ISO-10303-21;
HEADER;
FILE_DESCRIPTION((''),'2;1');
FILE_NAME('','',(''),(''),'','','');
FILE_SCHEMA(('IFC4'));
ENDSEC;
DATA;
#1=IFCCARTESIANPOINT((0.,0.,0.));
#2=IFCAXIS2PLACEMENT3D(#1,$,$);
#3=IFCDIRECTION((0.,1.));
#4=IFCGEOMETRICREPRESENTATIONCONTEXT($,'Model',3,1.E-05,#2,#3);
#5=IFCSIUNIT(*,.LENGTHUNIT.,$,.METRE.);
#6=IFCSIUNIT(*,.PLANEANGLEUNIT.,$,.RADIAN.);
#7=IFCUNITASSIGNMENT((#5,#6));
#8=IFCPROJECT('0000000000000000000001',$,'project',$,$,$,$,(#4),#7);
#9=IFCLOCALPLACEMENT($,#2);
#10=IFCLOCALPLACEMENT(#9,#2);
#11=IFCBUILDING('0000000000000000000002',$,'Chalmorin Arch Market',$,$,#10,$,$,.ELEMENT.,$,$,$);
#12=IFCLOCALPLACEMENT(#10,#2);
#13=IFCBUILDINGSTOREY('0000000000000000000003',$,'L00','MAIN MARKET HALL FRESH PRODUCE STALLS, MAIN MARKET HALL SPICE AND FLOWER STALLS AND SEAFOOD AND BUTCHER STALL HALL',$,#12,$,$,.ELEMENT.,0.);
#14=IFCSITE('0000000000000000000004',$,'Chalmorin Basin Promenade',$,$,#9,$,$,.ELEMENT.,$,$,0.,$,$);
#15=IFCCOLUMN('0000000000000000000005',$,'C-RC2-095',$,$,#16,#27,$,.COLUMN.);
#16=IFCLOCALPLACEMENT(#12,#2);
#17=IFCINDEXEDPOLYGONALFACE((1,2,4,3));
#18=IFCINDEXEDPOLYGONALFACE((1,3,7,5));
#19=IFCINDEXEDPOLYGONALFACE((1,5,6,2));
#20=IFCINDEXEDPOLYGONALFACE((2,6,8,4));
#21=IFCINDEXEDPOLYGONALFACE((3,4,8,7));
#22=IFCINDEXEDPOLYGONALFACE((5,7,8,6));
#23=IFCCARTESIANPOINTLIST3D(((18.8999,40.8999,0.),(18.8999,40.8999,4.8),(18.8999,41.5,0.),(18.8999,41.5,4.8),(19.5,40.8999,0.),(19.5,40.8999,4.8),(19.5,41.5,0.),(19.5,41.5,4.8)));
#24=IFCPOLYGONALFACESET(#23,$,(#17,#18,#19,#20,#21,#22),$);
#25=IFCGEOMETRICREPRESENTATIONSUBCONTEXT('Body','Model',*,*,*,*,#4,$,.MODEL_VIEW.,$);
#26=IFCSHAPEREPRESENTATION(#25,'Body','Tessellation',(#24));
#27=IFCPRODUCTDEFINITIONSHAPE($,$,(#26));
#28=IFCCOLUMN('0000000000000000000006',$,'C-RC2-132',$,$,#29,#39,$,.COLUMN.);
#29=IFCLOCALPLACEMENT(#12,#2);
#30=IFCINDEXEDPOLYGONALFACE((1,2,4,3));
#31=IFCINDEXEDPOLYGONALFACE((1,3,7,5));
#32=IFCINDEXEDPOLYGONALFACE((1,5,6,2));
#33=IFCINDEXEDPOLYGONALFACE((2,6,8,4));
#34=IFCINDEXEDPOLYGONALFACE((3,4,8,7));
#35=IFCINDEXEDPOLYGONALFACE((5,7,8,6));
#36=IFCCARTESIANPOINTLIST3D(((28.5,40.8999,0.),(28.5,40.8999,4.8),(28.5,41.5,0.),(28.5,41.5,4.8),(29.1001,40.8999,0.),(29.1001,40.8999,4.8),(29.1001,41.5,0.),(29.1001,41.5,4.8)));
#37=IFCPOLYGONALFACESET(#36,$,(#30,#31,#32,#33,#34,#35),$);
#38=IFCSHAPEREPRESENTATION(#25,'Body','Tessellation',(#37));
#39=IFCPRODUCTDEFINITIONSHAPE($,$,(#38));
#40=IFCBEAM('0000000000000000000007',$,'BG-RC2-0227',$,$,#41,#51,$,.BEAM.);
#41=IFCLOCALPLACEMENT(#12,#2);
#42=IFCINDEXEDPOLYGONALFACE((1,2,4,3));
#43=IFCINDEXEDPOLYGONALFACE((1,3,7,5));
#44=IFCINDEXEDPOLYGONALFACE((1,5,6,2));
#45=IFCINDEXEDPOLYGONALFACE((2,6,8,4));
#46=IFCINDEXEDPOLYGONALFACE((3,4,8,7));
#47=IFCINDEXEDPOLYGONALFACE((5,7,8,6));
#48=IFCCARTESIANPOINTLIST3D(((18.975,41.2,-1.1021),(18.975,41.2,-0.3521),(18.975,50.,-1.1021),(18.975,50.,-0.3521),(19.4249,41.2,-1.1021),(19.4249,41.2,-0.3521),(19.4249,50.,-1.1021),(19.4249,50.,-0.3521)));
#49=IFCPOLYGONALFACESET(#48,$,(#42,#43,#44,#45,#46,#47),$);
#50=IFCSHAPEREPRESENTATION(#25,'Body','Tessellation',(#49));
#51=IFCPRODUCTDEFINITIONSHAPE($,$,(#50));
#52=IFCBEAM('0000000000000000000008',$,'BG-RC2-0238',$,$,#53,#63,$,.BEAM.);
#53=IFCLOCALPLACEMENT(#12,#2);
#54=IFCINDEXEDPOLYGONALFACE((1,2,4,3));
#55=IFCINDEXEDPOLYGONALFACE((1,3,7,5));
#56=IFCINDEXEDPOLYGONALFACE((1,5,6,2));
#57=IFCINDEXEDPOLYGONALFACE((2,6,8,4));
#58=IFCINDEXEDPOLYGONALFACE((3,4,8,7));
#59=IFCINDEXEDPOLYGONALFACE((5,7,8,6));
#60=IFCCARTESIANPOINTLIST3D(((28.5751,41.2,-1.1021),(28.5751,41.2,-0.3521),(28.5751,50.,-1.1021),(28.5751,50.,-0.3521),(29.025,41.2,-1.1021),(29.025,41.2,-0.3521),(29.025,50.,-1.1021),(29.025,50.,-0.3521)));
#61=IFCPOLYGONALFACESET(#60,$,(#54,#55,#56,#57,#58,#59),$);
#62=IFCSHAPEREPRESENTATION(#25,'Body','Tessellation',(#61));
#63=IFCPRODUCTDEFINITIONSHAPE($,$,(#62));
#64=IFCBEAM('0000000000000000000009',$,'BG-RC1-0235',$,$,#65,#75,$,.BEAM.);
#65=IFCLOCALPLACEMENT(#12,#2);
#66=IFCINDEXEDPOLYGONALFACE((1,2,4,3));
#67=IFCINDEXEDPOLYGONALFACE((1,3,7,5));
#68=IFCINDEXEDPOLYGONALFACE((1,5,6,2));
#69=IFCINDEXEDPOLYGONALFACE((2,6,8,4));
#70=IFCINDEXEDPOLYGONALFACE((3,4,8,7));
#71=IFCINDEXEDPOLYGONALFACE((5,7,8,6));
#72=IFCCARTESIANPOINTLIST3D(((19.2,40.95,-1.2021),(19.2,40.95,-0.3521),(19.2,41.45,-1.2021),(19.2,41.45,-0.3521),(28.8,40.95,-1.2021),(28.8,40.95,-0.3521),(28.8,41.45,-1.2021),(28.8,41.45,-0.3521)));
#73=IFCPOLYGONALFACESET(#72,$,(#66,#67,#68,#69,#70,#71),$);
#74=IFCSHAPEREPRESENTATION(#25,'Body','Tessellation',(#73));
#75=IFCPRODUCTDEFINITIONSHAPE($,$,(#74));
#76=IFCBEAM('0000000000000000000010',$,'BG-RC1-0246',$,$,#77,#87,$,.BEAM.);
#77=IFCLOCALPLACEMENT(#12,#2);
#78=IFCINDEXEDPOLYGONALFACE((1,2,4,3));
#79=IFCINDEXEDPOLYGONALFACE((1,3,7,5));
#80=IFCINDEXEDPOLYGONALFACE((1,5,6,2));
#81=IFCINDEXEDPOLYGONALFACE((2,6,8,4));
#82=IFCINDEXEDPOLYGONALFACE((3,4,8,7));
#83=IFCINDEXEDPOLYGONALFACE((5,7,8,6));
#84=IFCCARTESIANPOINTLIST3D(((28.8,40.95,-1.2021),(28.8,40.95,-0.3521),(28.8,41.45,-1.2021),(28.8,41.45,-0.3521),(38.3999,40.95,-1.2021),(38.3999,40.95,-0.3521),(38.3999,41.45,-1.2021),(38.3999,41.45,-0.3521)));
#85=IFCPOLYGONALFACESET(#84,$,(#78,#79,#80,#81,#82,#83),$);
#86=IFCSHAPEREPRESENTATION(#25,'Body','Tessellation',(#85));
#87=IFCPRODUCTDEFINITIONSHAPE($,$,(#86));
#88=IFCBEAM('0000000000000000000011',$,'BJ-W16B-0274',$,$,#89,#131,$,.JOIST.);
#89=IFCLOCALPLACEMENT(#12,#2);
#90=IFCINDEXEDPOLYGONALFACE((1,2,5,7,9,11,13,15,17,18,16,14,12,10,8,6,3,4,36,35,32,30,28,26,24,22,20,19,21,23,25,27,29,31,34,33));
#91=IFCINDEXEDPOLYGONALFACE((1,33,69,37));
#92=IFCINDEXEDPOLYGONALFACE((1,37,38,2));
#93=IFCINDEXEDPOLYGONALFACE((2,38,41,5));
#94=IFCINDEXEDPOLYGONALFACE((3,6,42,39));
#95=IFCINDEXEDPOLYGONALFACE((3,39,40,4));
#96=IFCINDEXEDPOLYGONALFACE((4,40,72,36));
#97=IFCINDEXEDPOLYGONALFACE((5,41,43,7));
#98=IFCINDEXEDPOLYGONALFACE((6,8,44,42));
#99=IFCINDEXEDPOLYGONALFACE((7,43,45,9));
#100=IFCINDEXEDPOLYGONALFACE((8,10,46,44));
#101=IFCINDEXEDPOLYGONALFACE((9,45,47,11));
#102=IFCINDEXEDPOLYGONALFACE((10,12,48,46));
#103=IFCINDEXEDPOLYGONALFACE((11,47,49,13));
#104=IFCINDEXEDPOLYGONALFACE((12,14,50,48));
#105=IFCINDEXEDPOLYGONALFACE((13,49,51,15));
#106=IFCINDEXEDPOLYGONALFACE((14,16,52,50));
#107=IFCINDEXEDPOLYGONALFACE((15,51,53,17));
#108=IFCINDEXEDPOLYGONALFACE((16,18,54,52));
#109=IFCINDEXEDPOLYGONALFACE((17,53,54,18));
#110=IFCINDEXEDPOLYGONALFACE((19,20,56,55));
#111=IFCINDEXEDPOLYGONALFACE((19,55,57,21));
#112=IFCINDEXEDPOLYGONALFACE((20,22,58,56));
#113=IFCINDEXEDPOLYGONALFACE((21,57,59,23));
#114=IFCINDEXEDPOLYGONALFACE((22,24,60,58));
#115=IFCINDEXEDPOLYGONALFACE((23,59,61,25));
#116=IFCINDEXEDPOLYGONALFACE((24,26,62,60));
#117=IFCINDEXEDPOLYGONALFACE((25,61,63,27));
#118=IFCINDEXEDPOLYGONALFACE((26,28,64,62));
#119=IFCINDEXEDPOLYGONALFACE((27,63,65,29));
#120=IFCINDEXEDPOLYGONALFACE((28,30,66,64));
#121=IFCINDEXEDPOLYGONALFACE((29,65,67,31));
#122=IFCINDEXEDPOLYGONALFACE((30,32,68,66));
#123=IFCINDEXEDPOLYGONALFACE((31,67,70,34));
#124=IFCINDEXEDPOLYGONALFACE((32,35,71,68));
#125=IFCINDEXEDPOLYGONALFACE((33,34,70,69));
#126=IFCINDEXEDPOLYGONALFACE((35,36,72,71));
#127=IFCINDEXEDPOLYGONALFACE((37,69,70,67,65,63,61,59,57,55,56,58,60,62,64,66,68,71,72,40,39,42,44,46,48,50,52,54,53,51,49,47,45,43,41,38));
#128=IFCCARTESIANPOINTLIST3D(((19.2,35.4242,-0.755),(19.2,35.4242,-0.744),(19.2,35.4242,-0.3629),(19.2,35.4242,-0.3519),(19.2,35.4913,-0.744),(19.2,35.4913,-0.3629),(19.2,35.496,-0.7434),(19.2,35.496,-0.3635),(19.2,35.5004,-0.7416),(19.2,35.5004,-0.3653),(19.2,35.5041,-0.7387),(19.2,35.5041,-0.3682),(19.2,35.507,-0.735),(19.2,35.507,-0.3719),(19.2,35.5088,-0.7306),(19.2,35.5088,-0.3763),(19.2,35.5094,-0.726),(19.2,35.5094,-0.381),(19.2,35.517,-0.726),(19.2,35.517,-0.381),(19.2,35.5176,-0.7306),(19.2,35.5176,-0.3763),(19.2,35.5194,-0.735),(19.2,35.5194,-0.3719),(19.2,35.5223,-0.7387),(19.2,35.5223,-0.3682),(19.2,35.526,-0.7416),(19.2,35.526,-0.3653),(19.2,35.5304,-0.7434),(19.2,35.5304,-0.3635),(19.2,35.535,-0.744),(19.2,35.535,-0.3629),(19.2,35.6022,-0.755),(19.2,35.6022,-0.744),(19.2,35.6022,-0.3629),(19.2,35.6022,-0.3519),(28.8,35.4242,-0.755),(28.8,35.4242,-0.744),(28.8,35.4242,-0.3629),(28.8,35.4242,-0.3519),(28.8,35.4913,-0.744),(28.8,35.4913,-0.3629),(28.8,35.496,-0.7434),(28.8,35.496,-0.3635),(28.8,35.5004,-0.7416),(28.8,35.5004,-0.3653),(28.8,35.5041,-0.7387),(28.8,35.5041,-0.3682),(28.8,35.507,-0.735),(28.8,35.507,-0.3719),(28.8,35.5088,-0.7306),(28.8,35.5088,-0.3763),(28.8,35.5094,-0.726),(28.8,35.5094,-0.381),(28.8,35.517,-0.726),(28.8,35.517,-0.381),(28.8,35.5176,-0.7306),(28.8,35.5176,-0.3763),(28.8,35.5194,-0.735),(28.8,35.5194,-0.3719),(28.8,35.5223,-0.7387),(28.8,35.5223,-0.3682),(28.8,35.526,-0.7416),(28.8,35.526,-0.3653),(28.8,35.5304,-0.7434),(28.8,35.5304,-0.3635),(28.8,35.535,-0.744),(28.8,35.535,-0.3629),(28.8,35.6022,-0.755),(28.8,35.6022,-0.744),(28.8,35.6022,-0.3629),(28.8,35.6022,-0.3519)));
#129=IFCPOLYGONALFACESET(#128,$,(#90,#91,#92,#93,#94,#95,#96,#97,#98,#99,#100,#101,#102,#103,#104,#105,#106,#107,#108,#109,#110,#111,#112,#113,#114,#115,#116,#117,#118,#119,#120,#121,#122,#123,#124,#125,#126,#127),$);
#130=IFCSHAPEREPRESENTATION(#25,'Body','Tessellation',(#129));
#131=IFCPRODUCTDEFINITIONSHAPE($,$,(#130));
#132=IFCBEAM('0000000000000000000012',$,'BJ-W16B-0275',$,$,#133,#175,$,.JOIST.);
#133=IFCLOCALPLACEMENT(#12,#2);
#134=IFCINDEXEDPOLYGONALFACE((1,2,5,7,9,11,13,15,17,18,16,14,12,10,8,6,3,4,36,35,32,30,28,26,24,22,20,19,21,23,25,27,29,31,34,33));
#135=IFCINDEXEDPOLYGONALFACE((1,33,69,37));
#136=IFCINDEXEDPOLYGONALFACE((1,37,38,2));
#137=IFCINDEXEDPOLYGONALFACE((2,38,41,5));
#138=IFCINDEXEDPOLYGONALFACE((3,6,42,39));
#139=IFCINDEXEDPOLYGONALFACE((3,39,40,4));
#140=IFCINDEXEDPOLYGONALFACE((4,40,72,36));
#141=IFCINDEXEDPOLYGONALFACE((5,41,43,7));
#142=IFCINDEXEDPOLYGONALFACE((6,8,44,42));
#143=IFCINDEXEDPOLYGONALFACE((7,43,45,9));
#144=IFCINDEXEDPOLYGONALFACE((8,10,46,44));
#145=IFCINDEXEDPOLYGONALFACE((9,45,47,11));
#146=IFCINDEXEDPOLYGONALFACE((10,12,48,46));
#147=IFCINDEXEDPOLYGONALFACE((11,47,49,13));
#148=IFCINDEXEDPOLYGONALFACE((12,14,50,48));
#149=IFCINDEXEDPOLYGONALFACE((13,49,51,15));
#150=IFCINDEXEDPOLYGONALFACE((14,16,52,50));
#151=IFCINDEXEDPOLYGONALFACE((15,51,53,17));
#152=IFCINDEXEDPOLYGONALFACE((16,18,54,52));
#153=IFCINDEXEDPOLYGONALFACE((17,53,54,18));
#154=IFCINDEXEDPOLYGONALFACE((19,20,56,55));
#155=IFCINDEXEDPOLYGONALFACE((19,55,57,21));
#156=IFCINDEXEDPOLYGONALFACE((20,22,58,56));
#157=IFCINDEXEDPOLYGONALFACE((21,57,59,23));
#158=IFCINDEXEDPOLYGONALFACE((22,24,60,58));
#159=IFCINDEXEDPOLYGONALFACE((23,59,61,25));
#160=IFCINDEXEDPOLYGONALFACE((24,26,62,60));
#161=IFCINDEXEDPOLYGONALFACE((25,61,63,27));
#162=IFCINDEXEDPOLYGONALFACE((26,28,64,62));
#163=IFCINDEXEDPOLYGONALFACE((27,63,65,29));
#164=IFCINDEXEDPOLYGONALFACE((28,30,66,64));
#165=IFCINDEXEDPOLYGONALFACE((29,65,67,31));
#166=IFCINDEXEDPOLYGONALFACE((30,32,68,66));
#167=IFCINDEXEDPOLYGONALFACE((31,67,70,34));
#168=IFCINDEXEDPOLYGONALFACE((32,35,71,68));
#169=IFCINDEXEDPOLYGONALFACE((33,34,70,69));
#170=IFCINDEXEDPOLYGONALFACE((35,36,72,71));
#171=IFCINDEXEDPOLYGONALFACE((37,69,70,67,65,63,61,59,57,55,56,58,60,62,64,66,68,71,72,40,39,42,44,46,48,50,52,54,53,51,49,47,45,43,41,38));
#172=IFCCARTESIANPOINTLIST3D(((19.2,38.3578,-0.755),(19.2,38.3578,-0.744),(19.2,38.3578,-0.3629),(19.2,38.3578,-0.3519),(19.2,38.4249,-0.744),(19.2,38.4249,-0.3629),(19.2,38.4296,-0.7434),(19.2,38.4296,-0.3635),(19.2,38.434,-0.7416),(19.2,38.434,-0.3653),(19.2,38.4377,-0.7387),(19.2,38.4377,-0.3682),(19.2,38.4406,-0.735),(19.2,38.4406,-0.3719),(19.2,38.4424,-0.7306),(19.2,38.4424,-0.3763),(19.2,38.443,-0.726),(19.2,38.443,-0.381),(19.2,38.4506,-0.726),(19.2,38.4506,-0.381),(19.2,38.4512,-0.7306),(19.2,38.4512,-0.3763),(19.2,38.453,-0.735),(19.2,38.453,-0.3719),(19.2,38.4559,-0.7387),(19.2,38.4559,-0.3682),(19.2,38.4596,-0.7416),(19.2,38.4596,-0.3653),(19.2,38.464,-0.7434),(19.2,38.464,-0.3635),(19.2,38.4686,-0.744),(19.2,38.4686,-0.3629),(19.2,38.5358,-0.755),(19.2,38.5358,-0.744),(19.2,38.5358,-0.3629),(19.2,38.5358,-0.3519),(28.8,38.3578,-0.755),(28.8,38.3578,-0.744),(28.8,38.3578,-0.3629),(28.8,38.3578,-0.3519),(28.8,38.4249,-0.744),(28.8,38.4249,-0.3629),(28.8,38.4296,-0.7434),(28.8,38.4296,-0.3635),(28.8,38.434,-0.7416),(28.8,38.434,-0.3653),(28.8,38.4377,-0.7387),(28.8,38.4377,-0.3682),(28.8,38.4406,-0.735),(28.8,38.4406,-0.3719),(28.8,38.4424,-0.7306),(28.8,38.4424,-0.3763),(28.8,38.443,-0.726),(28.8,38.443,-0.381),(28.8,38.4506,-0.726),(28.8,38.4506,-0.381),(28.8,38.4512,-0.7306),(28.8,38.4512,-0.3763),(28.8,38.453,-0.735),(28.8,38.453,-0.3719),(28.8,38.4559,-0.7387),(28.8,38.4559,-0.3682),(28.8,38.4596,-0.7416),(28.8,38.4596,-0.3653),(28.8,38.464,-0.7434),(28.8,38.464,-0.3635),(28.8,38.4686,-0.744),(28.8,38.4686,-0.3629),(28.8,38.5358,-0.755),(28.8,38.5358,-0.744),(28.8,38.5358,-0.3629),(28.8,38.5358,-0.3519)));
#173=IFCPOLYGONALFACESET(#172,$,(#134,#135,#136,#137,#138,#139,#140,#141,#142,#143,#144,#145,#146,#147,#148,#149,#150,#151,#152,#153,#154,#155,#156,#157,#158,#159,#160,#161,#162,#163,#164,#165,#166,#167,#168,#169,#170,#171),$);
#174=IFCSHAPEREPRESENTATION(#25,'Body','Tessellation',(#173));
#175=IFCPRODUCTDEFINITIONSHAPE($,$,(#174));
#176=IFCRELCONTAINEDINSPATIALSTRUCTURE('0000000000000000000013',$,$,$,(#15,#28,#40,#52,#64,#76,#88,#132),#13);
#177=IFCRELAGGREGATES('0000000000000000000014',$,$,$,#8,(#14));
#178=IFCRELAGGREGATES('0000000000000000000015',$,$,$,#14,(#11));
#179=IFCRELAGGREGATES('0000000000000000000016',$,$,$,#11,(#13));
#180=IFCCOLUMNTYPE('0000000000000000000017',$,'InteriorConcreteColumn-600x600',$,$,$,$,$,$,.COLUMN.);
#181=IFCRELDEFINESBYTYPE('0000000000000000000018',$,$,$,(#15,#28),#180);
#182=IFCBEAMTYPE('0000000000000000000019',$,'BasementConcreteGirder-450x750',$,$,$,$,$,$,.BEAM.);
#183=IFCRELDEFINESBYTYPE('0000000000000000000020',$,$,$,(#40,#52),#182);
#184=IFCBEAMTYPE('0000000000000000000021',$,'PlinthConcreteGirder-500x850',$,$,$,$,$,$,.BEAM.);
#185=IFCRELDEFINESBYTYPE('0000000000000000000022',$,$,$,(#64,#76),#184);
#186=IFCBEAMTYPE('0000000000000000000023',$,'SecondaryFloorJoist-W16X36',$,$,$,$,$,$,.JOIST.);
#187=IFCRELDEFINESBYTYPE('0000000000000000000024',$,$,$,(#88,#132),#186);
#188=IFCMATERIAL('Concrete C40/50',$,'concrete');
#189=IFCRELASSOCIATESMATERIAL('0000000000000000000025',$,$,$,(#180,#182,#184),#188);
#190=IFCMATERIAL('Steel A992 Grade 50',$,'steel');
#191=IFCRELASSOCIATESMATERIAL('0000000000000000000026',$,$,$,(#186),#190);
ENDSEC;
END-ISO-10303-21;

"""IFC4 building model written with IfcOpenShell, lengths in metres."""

from ifc_helpers import new_model, si_unit, direction, frame, origin, origin_2d, place, context, subcontext, project, spatial, rectangle, i_section, extrude, material, material_profile, profile_set, type_object, element, save


model = new_model("IFC4")

# Units and contexts
model_context = context("Model", 3, precision=1e-05, world=origin(), true_north=direction((0.0, 1.0)))
body_context = subcontext(model_context, "Body", "Model", "MODEL_VIEW")
ifc_project = project(units=[si_unit("LENGTHUNIT", "METRE"), si_unit("PLANEANGLEUNIT", "RADIAN")], contexts=[model_context])

# Site, building, storey
site_placement = place(None, origin())
site = spatial("IfcSite", under=ifc_project, at=site_placement, Name="Chalmorin Basin Promenade", CompositionType="ELEMENT", RefElevation=0.0)
building_placement = place(site_placement, origin())
building = spatial("IfcBuilding", under=site, at=building_placement, Name="Chalmorin Arch Market", CompositionType="ELEMENT")
storey_placement = place(building_placement, origin())
storey = spatial("IfcBuildingStorey", under=building, at=storey_placement, Name="L00", Description="MAIN MARKET HALL FRESH PRODUCE STALLS, MAIN MARKET HALL SPICE AND FLOWER STALLS AND SEAFOOD AND BUTCHER STALL HALL", CompositionType="ELEMENT", Elevation=0.0)

# Columns
ifc_material_1 = material(Name="Concrete C40/50", Category="concrete")
ifc_material_profile_1 = material_profile(ifc_material_1, rectangle(XDim=0.6001, YDim=0.6001, at=origin_2d()), Name="RC600X600")
ifc_profile_set_1 = profile_set([ifc_material_profile_1], Name="Concrete C40/50")
column_type = type_object("IfcColumnType", Name="InteriorConcreteColumn-600x600", PredefinedType="COLUMN", material=ifc_profile_set_1)
for number, where, z_axis, x_axis, name in (
    (1, (19.2, 41.2, 0.0), (0.0, 0.0, 1.0), (1.0, 0.0, 0.0), "C-RC2-095"),
    (2, (28.8, 41.2, 0.0), (0.0, 0.0, 1.0), (1.0, 0.0, 0.0), "C-RC2-132"),
):
    element("IfcColumn", number, at=place(storey_placement, frame(where, z_axis=z_axis, x_axis=x_axis)), inside=storey, type_object=column_type, Name=name, PredefinedType="COLUMN", context=body_context, shape_type="SweptSolid", body=[
        extrude(rectangle(XDim=0.6001, YDim=0.6001, at=origin_2d()), origin(), (0.0, 0.0, 1.0), 4.8),
    ])

# Beams
ifc_material_profile_2 = material_profile(ifc_material_1, rectangle(XDim=0.45, YDim=0.75, at=origin_2d()), Name="RC450X750")
ifc_profile_set_2 = profile_set([ifc_material_profile_2], Name="Concrete C40/50")
beam_type_1 = type_object("IfcBeamType", Name="BasementConcreteGirder-450x750", PredefinedType="BEAM", material=ifc_profile_set_2)
for number, where, z_axis, x_axis, name in (
    (3, (19.2, 41.2, -0.7271), (0.0, 1.0, 0.0), (-1.0, 0.0, 0.0), "BG-RC2-0227"),
    (4, (28.8, 41.2, -0.7271), (0.0, 1.0, 0.0), (-1.0, 0.0, 0.0), "BG-RC2-0238"),
):
    element("IfcBeam", number, at=place(storey_placement, frame(where, z_axis=z_axis, x_axis=x_axis)), inside=storey, type_object=beam_type_1, Name=name, PredefinedType="BEAM", context=body_context, shape_type="SweptSolid", body=[
        extrude(rectangle(XDim=0.45, YDim=0.75, at=origin_2d()), origin(), (0.0, 0.0, 1.0), 8.8),
    ])
ifc_material_profile_3 = material_profile(ifc_material_1, rectangle(XDim=0.5, YDim=0.8501, at=origin_2d()), Name="RC500X850")
ifc_profile_set_3 = profile_set([ifc_material_profile_3], Name="Concrete C40/50")
beam_type_2 = type_object("IfcBeamType", Name="PlinthConcreteGirder-500x850", PredefinedType="BEAM", material=ifc_profile_set_3)
beam_1_placement = place(storey_placement, frame((19.2, 41.2, -0.7771), z_axis=(1.0, 0.0, 0.0), x_axis=(0.0, 1.0, 0.0)))
element("IfcBeam", 5, at=beam_1_placement, inside=storey, type_object=beam_type_2, Name="BG-RC1-0235", PredefinedType="BEAM", context=body_context, shape_type="SweptSolid", body=[
    extrude(rectangle(XDim=0.5, YDim=0.8501, at=origin_2d()), origin(), (0.0, 0.0, 1.0), 9.6001),
])
beam_2_placement = place(storey_placement, frame((28.8, 41.2, -0.7771), z_axis=(1.0, 0.0, 0.0), x_axis=(0.0, 1.0, 0.0)))
element("IfcBeam", 6, at=beam_2_placement, inside=storey, type_object=beam_type_2, Name="BG-RC1-0246", PredefinedType="BEAM", context=body_context, shape_type="SweptSolid", body=[
    extrude(rectangle(XDim=0.5, YDim=0.8501, at=origin_2d()), origin(), (0.0, 0.0, 1.0), 9.5999),
])
ifc_material_2 = material(Name="Steel A992 Grade 50", Category="steel")
ifc_material_profile_4 = material_profile(ifc_material_2, i_section(OverallWidth=0.178, OverallDepth=0.4031, WebThickness=0.0076, FlangeThickness=0.011, FilletRadius=0.0181, at=origin_2d()), Name="W16X36")
ifc_profile_set_4 = profile_set([ifc_material_profile_4], Name="Steel A992 Grade 50")
beam_type_3 = type_object("IfcBeamType", Name="SecondaryFloorJoist-W16X36", PredefinedType="JOIST", material=ifc_profile_set_4)
for number, where, z_axis, x_axis, name in (
    (7, (19.2, 35.5132, -0.5535), (1.0, 0.0, 0.0), (0.0, 1.0, 0.0), "BJ-W16B-0274"),
    (8, (19.2, 38.4468, -0.5535), (1.0, 0.0, 0.0), (0.0, 1.0, 0.0), "BJ-W16B-0275"),
):
    element("IfcBeam", number, at=place(storey_placement, frame(where, z_axis=z_axis, x_axis=x_axis)), inside=storey, type_object=beam_type_3, Name=name, PredefinedType="JOIST", context=body_context, shape_type="SweptSolid", body=[
        extrude(i_section(OverallWidth=0.178, OverallDepth=0.4031, WebThickness=0.0076, FlangeThickness=0.011, FilletRadius=0.0181, at=origin_2d()), origin(), (0.0, 0.0, 1.0), 9.6001),
    ])

save(model, "model.ifc")
